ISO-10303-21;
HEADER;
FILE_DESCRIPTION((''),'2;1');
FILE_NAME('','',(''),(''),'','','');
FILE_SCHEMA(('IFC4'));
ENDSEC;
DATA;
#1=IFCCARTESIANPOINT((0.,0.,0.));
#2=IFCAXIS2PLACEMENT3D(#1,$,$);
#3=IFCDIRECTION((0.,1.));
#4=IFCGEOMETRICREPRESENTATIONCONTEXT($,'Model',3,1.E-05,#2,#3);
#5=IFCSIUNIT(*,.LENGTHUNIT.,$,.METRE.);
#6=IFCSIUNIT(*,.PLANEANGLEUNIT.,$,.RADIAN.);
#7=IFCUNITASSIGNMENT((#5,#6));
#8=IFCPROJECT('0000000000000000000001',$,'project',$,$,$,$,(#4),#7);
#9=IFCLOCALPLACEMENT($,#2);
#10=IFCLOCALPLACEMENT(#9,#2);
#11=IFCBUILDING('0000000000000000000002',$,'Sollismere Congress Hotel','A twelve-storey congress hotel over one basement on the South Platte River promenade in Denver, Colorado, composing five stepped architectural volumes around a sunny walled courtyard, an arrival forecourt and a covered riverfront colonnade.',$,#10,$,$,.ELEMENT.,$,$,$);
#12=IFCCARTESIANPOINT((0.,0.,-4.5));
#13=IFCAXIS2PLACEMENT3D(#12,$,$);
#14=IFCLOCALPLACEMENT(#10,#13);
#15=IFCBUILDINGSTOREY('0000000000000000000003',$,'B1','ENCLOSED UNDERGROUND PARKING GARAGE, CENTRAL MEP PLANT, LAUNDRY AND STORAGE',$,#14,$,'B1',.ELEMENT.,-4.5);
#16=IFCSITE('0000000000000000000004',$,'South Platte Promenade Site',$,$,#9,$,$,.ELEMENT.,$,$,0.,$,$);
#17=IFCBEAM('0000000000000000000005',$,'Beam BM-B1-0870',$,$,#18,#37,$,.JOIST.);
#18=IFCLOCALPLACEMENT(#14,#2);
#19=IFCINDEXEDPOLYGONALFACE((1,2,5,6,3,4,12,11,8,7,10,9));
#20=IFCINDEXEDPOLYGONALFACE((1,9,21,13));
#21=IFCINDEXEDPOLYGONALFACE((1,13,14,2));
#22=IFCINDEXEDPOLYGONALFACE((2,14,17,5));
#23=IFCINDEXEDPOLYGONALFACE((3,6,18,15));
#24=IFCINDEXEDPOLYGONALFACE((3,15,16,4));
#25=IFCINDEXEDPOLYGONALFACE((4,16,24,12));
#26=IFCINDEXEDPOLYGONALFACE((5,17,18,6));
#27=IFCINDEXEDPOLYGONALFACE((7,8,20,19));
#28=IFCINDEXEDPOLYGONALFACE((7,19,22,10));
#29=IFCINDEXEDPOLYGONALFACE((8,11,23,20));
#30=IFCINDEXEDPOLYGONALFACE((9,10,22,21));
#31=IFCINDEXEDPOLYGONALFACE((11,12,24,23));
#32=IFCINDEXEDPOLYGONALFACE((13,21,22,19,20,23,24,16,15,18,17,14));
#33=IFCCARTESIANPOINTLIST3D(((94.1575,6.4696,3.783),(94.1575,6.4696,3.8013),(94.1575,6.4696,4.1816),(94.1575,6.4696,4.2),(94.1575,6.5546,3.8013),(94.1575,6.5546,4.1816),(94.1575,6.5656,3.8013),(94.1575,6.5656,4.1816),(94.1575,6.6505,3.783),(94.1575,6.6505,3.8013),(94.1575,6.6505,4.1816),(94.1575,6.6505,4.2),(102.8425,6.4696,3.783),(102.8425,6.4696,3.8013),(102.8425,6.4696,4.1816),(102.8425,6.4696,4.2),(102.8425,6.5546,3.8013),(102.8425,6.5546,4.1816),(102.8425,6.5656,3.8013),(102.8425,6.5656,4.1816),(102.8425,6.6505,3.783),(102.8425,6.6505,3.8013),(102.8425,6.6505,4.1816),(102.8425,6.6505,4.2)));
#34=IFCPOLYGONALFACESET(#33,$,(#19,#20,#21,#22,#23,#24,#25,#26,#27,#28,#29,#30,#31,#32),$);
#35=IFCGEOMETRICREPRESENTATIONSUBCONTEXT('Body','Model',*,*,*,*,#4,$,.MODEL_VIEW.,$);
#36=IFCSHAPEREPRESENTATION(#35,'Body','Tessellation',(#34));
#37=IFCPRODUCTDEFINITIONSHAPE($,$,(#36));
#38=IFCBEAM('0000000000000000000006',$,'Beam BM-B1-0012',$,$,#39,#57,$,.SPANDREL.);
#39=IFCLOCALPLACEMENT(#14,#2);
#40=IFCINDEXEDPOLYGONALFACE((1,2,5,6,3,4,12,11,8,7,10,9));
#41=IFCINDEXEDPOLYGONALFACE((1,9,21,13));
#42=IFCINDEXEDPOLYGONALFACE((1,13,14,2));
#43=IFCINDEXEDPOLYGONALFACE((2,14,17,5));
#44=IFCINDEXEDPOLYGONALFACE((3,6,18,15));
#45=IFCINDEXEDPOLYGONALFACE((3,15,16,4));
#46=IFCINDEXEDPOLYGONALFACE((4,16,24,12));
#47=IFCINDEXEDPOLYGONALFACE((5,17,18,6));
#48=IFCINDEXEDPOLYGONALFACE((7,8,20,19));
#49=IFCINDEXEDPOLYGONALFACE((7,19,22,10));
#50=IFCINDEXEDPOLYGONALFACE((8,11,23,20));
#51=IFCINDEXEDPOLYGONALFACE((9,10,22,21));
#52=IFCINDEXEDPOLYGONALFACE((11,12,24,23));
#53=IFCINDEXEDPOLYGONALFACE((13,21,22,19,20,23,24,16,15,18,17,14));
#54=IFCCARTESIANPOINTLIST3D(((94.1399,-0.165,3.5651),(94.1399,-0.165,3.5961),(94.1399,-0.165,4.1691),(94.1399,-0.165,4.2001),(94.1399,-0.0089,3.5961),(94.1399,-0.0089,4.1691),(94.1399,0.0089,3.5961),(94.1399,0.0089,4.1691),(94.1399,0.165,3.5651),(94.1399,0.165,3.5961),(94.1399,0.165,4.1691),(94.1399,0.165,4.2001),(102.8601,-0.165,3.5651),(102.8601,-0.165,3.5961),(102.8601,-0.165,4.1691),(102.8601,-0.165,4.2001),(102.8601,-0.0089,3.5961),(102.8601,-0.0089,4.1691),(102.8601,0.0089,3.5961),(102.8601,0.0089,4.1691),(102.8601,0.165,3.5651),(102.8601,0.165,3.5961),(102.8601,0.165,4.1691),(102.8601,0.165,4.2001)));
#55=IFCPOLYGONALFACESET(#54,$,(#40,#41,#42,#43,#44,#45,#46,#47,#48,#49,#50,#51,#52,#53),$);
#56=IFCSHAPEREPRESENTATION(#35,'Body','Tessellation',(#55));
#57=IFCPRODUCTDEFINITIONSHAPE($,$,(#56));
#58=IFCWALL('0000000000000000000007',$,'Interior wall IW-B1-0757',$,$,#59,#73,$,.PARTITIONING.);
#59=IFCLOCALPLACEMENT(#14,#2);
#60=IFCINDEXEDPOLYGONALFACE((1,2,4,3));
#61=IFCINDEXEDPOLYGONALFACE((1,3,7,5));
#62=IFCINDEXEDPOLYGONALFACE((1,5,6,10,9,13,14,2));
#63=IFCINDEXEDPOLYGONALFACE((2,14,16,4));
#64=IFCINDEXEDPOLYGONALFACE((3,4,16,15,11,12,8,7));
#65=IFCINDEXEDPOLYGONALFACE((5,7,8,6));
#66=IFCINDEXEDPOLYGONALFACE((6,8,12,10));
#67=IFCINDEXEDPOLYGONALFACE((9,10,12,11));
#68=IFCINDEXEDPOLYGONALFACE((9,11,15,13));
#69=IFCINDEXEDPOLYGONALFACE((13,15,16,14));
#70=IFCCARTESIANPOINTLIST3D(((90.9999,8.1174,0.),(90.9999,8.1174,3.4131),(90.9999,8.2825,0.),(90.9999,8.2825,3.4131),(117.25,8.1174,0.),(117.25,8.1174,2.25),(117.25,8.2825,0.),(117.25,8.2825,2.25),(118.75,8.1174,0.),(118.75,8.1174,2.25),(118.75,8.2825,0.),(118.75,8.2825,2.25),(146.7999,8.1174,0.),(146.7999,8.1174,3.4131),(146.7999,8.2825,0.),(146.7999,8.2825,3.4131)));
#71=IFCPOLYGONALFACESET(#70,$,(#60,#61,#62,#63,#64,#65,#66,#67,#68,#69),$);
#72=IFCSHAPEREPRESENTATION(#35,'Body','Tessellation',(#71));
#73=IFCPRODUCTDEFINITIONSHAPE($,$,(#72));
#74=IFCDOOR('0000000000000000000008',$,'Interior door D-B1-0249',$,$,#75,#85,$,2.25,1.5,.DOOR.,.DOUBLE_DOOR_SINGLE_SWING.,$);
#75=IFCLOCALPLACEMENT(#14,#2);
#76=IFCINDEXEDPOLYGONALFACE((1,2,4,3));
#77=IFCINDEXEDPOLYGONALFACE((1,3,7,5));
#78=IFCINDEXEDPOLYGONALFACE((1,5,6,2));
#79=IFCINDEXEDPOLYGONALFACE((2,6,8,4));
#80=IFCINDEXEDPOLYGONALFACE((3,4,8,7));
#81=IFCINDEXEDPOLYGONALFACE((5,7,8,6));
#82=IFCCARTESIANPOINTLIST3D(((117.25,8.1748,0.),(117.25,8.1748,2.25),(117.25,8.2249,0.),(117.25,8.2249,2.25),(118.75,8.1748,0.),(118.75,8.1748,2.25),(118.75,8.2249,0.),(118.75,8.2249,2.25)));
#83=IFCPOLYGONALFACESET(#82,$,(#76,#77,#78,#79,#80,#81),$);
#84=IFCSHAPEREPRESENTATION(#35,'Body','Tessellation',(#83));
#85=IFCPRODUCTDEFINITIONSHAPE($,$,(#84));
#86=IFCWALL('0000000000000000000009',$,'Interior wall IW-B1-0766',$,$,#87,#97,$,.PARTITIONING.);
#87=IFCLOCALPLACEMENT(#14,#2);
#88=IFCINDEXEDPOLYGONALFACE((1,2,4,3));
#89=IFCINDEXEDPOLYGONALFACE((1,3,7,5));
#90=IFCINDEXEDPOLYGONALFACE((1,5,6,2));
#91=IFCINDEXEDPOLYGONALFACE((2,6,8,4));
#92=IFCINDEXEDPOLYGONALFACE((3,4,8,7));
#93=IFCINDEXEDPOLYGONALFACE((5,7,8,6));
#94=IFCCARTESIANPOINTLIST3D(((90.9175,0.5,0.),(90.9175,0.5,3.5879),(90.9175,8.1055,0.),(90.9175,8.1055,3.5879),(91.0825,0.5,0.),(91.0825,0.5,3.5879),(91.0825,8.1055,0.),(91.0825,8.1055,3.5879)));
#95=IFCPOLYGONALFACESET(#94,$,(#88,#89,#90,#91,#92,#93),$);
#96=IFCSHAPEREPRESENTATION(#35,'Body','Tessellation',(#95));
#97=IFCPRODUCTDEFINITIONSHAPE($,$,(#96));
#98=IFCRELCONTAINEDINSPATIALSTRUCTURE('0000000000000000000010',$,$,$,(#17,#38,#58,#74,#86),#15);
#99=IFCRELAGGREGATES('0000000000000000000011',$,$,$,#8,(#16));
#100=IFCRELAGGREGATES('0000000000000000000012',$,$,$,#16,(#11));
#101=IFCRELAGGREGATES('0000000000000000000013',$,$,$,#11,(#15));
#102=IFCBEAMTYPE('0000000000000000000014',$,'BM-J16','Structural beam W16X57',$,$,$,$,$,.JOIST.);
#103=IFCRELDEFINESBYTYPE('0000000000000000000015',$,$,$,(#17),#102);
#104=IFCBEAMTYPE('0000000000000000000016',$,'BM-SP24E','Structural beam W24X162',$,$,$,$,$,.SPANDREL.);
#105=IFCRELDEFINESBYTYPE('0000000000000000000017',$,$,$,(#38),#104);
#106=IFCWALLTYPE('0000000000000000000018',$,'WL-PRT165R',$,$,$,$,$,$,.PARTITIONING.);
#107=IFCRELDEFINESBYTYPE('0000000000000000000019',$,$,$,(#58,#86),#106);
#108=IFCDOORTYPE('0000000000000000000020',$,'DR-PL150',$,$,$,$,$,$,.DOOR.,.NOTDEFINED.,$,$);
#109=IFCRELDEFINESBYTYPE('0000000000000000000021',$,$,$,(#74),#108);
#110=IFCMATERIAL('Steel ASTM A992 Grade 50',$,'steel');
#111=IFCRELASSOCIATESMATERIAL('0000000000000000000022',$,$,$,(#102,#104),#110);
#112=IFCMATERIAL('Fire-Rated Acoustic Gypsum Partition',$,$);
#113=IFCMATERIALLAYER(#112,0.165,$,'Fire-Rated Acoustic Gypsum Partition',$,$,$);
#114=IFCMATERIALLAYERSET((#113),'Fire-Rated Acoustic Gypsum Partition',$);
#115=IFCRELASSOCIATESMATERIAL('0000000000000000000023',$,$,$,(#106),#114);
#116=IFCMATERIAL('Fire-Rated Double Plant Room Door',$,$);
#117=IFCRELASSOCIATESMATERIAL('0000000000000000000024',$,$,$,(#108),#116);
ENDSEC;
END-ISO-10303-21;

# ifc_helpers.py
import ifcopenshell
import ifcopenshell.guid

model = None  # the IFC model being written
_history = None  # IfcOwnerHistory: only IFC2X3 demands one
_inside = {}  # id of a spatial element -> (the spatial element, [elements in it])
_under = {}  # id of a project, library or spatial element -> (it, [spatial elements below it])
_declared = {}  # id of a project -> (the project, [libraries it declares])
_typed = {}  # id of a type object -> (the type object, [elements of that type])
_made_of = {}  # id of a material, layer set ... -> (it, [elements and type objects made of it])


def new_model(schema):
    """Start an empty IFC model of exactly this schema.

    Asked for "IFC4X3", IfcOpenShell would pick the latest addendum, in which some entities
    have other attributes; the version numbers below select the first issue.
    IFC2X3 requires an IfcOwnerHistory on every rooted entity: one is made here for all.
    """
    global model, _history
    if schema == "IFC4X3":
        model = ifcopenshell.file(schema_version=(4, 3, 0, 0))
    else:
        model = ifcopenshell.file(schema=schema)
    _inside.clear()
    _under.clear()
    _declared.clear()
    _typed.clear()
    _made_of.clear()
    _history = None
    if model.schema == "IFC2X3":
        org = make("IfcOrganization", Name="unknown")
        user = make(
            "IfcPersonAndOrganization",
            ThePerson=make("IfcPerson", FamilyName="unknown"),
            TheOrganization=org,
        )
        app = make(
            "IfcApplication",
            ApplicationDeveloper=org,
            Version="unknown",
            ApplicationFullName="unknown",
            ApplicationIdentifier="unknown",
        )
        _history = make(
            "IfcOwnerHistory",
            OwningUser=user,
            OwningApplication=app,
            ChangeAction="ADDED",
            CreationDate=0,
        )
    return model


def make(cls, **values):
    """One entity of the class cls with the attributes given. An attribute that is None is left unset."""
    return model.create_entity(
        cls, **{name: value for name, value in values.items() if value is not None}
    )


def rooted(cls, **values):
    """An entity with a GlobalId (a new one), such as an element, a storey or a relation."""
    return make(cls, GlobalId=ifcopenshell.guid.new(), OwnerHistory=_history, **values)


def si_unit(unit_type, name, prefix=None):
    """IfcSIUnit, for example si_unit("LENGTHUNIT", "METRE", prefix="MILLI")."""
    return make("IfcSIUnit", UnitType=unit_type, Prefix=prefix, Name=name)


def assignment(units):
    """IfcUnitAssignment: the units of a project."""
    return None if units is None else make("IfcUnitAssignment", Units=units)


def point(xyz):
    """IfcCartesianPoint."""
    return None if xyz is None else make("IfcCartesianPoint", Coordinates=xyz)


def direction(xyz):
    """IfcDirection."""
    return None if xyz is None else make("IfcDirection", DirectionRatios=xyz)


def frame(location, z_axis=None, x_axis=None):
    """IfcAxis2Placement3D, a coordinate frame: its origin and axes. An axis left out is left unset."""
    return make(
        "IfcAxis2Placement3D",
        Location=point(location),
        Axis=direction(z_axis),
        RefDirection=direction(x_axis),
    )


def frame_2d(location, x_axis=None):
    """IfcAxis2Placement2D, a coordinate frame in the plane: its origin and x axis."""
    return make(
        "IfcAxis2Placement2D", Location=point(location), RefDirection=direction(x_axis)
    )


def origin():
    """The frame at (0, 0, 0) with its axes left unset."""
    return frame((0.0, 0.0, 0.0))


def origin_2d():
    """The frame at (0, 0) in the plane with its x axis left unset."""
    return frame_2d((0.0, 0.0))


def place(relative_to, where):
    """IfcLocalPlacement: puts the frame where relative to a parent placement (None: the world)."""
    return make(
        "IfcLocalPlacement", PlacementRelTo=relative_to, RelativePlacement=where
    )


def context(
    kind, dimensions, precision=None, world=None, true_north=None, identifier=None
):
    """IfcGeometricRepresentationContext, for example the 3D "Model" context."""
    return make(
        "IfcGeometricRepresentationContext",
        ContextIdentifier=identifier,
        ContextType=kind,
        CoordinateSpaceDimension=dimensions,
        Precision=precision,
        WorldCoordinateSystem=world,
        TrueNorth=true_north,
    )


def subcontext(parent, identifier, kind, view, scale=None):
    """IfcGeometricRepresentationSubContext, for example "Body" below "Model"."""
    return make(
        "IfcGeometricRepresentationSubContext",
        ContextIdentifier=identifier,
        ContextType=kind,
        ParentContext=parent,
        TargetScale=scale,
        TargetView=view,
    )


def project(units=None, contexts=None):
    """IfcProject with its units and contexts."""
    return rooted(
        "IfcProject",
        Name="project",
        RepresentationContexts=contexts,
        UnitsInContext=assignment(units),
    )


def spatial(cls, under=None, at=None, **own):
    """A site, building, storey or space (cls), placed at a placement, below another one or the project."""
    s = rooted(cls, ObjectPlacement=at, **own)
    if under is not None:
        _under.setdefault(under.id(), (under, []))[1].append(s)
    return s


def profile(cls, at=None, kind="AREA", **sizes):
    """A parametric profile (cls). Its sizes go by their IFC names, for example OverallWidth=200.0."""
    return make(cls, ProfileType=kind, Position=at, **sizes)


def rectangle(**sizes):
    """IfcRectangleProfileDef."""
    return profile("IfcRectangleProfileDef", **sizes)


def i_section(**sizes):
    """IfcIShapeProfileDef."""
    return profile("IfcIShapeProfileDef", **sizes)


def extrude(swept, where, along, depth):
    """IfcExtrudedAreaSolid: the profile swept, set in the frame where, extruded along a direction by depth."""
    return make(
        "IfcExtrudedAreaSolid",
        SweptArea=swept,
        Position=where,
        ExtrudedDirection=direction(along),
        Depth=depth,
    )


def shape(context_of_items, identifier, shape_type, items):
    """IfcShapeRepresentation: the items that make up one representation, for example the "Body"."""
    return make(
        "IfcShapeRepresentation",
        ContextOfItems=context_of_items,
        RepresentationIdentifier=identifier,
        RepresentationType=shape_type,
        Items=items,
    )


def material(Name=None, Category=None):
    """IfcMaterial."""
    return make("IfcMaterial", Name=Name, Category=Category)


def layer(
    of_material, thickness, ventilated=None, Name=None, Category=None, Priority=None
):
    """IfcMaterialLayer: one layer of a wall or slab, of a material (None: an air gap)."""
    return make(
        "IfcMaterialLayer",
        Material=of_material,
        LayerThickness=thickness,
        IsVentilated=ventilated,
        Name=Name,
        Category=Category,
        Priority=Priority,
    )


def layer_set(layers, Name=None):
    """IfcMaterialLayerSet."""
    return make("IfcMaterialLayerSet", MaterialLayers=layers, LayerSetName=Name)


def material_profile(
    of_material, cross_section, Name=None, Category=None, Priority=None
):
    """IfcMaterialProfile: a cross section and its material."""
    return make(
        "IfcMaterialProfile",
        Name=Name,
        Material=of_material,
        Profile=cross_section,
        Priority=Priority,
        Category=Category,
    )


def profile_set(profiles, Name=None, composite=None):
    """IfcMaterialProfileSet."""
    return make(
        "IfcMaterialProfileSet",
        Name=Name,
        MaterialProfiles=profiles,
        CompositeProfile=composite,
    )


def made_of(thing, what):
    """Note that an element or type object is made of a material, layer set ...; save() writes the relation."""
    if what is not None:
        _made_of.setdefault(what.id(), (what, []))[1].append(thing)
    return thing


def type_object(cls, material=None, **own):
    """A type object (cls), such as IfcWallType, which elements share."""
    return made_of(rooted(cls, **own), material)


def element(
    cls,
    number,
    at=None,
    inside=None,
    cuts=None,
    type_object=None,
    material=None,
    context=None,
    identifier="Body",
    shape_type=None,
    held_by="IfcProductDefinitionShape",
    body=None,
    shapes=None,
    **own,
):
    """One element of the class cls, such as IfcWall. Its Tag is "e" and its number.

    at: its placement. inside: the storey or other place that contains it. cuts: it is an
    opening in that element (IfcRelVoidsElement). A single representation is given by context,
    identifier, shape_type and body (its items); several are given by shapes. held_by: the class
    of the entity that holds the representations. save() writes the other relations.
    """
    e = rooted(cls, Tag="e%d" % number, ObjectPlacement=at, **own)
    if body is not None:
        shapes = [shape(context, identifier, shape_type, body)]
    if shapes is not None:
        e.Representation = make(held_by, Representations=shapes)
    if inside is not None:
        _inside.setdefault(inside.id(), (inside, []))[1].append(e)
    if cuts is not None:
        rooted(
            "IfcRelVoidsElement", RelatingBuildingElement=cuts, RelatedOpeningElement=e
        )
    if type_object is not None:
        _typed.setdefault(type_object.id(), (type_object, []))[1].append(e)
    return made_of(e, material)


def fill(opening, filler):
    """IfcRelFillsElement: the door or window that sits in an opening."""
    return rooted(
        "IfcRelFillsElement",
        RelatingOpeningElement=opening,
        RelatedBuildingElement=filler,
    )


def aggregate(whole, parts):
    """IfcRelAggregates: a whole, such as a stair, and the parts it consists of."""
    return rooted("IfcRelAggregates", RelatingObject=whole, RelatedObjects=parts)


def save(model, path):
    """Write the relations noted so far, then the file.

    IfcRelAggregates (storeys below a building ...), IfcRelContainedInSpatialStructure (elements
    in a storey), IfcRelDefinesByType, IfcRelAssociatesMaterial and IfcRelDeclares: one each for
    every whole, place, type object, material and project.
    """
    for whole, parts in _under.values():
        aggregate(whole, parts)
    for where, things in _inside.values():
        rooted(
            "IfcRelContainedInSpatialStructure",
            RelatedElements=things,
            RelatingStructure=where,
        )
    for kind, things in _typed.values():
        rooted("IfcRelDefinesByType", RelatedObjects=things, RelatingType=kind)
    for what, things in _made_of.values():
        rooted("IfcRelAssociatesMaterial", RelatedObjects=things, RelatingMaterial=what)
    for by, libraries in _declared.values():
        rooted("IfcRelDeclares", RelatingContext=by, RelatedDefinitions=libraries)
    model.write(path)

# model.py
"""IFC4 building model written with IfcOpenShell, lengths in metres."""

from ifc_helpers import new_model, si_unit, direction, frame, frame_2d, origin, origin_2d, place, context, subcontext, project, spatial, rectangle, i_section, extrude, material, layer, layer_set, material_profile, profile_set, type_object, element, fill, save


model = new_model("IFC4")

# Units and contexts
model_context = context("Model", 3, precision=1e-05, world=origin(), true_north=direction((0.0, 1.0)))
body_context = subcontext(model_context, "Body", "Model", "MODEL_VIEW")
ifc_project = project(units=[si_unit("LENGTHUNIT", "METRE"), si_unit("PLANEANGLEUNIT", "RADIAN")], contexts=[model_context])

# Site, building, storey
site_placement = place(None, origin())
site = spatial("IfcSite", under=ifc_project, at=site_placement, Name="South Platte Promenade Site", CompositionType="ELEMENT", RefElevation=0.0)
building_placement = place(site_placement, origin())
building = spatial("IfcBuilding", under=site, at=building_placement, Name="Sollismere Congress Hotel", Description="A twelve-storey congress hotel over one basement on the South Platte River promenade in Denver, Colorado, composing five stepped architectural volumes around a sunny walled courtyard, an arrival forecourt and a covered riverfront colonnade.", CompositionType="ELEMENT")
storey_placement = place(building_placement, frame((0.0, 0.0, -4.5)))
storey = spatial("IfcBuildingStorey", under=building, at=storey_placement, Name="B1", Description="ENCLOSED UNDERGROUND PARKING GARAGE, CENTRAL MEP PLANT, LAUNDRY AND STORAGE", LongName="B1", CompositionType="ELEMENT", Elevation=-4.5)

# Beams
ifc_material_1 = material(Name="Steel ASTM A992 Grade 50", Category="steel")
ifc_material_profile_1 = material_profile(ifc_material_1, i_section(OverallWidth=0.1809, OverallDepth=0.417, WebThickness=0.011, FlangeThickness=0.0183, at=origin_2d()), Name="W16X57")
ifc_profile_set_1 = profile_set([ifc_material_profile_1], Name="Steel ASTM A992 Grade 50")
beam_type_1 = type_object("IfcBeamType", Name="BM-J16", Description="Structural beam W16X57", PredefinedType="JOIST", material=ifc_profile_set_1)
for number, where, z_axis, x_axis, name in (
    (1, (94.1575, 6.5601, 3.9915), (1.0, 0.0, 0.0), (0.0, 1.0, 0.0), "Beam BM-B1-0870"),
):
    element("IfcBeam", number, at=place(storey_placement, frame(where, z_axis=z_axis, x_axis=x_axis)), inside=storey, type_object=beam_type_1, Name=name, PredefinedType="JOIST", context=body_context, shape_type="SweptSolid", body=[
        extrude(i_section(OverallWidth=0.1809, OverallDepth=0.417, WebThickness=0.011, FlangeThickness=0.0183, at=origin_2d()), origin(), (0.0, 0.0, 1.0), 8.6851),
    ])
ifc_material_profile_2 = material_profile(ifc_material_1, i_section(OverallWidth=0.3301, OverallDepth=0.635, WebThickness=0.0178, FlangeThickness=0.031, at=origin_2d()), Name="W24X162")
ifc_profile_set_2 = profile_set([ifc_material_profile_2], Name="Steel ASTM A992 Grade 50")
beam_type_2 = type_object("IfcBeamType", Name="BM-SP24E", Description="Structural beam W24X162", PredefinedType="SPANDREL", material=ifc_profile_set_2)
beam_1_placement = place(storey_placement, frame((94.1399, 0.0, 3.8826), z_axis=(1.0, 0.0, 0.0), x_axis=(0.0, 1.0, 0.0)))
element("IfcBeam", 2, at=beam_1_placement, inside=storey, type_object=beam_type_2, Name="Beam BM-B1-0012", PredefinedType="SPANDREL", context=body_context, shape_type="SweptSolid", body=[
    extrude(i_section(OverallWidth=0.3301, OverallDepth=0.635, WebThickness=0.0178, FlangeThickness=0.031, at=origin_2d()), origin(), (0.0, 0.0, 1.0), 8.7202),
])

# Wall, opening, door
ifc_material_2 = material(Name="Fire-Rated Acoustic Gypsum Partition")
ifc_layer = layer(ifc_material_2, 0.165, Name="Fire-Rated Acoustic Gypsum Partition")
ifc_layer_set = layer_set([ifc_layer], Name="Fire-Rated Acoustic Gypsum Partition")
wall_type = type_object("IfcWallType", Name="WL-PRT165R", PredefinedType="PARTITIONING", material=ifc_layer_set)
wall_1_placement = place(storey_placement, frame((91.0, 8.2, 0.0), z_axis=(0.0, 0.0, 1.0), x_axis=(1.0, 0.0, 0.0)))
wall_1 = element("IfcWall", 3, at=wall_1_placement, inside=storey, type_object=wall_type, Name="Interior wall IW-B1-0757", PredefinedType="PARTITIONING", context=body_context, shape_type="SweptSolid", body=[
    extrude(rectangle(XDim=55.8, YDim=0.165, at=frame_2d((27.8999, 0.0))), origin(), (0.0, 0.0, 1.0), 3.4131),
])
opening_placement = place(wall_1_placement, frame((26.25, 0.0, 0.0)))
opening = element("IfcOpeningElement", 4, at=opening_placement, cuts=wall_1, PredefinedType="OPENING", context=body_context, shape_type="SweptSolid", body=[
    extrude(rectangle(XDim=1.5, YDim=2.25, at=frame_2d((0.75, 1.125))), frame((0.0, 0.0925, 0.0), z_axis=(0.0, -1.0, 0.0), x_axis=(1.0, 0.0, 0.0)), (0.0, 0.0, 1.0), 0.1851),
])
ifc_material_3 = material(Name="Fire-Rated Double Plant Room Door")
door_type = type_object("IfcDoorType", Name="DR-PL150", OperationType="NOTDEFINED", PredefinedType="DOOR", material=ifc_material_3)
door_placement = place(opening_placement, origin())
door = element("IfcDoor", 5, at=door_placement, inside=storey, type_object=door_type, Name="Interior door D-B1-0249", OperationType="DOUBLE_DOOR_SINGLE_SWING", OverallHeight=2.25, OverallWidth=1.5, PredefinedType="DOOR", context=body_context, shape_type="SweptSolid", body=[
    extrude(rectangle(XDim=1.5, YDim=2.25, at=frame_2d((0.75, 1.125))), frame((0.0, 0.0249, 0.0), z_axis=(0.0, -1.0, 0.0), x_axis=(1.0, 0.0, 0.0)), (0.0, 0.0, 1.0), 0.05),
])
fill(opening, door)

# Wall
wall_2_placement = place(storey_placement, frame((91.0, 0.5, 0.0), z_axis=(0.0, 0.0, 1.0), x_axis=(0.0, 1.0, 0.0)))
element("IfcWall", 6, at=wall_2_placement, inside=storey, type_object=wall_type, Name="Interior wall IW-B1-0766", PredefinedType="PARTITIONING", context=body_context, shape_type="SweptSolid", body=[
    extrude(rectangle(XDim=7.6055, YDim=0.165, at=frame_2d((3.8027, 0.0))), origin(), (0.0, 0.0, 1.0), 3.5879),
])

save(model, "model.ifc")
